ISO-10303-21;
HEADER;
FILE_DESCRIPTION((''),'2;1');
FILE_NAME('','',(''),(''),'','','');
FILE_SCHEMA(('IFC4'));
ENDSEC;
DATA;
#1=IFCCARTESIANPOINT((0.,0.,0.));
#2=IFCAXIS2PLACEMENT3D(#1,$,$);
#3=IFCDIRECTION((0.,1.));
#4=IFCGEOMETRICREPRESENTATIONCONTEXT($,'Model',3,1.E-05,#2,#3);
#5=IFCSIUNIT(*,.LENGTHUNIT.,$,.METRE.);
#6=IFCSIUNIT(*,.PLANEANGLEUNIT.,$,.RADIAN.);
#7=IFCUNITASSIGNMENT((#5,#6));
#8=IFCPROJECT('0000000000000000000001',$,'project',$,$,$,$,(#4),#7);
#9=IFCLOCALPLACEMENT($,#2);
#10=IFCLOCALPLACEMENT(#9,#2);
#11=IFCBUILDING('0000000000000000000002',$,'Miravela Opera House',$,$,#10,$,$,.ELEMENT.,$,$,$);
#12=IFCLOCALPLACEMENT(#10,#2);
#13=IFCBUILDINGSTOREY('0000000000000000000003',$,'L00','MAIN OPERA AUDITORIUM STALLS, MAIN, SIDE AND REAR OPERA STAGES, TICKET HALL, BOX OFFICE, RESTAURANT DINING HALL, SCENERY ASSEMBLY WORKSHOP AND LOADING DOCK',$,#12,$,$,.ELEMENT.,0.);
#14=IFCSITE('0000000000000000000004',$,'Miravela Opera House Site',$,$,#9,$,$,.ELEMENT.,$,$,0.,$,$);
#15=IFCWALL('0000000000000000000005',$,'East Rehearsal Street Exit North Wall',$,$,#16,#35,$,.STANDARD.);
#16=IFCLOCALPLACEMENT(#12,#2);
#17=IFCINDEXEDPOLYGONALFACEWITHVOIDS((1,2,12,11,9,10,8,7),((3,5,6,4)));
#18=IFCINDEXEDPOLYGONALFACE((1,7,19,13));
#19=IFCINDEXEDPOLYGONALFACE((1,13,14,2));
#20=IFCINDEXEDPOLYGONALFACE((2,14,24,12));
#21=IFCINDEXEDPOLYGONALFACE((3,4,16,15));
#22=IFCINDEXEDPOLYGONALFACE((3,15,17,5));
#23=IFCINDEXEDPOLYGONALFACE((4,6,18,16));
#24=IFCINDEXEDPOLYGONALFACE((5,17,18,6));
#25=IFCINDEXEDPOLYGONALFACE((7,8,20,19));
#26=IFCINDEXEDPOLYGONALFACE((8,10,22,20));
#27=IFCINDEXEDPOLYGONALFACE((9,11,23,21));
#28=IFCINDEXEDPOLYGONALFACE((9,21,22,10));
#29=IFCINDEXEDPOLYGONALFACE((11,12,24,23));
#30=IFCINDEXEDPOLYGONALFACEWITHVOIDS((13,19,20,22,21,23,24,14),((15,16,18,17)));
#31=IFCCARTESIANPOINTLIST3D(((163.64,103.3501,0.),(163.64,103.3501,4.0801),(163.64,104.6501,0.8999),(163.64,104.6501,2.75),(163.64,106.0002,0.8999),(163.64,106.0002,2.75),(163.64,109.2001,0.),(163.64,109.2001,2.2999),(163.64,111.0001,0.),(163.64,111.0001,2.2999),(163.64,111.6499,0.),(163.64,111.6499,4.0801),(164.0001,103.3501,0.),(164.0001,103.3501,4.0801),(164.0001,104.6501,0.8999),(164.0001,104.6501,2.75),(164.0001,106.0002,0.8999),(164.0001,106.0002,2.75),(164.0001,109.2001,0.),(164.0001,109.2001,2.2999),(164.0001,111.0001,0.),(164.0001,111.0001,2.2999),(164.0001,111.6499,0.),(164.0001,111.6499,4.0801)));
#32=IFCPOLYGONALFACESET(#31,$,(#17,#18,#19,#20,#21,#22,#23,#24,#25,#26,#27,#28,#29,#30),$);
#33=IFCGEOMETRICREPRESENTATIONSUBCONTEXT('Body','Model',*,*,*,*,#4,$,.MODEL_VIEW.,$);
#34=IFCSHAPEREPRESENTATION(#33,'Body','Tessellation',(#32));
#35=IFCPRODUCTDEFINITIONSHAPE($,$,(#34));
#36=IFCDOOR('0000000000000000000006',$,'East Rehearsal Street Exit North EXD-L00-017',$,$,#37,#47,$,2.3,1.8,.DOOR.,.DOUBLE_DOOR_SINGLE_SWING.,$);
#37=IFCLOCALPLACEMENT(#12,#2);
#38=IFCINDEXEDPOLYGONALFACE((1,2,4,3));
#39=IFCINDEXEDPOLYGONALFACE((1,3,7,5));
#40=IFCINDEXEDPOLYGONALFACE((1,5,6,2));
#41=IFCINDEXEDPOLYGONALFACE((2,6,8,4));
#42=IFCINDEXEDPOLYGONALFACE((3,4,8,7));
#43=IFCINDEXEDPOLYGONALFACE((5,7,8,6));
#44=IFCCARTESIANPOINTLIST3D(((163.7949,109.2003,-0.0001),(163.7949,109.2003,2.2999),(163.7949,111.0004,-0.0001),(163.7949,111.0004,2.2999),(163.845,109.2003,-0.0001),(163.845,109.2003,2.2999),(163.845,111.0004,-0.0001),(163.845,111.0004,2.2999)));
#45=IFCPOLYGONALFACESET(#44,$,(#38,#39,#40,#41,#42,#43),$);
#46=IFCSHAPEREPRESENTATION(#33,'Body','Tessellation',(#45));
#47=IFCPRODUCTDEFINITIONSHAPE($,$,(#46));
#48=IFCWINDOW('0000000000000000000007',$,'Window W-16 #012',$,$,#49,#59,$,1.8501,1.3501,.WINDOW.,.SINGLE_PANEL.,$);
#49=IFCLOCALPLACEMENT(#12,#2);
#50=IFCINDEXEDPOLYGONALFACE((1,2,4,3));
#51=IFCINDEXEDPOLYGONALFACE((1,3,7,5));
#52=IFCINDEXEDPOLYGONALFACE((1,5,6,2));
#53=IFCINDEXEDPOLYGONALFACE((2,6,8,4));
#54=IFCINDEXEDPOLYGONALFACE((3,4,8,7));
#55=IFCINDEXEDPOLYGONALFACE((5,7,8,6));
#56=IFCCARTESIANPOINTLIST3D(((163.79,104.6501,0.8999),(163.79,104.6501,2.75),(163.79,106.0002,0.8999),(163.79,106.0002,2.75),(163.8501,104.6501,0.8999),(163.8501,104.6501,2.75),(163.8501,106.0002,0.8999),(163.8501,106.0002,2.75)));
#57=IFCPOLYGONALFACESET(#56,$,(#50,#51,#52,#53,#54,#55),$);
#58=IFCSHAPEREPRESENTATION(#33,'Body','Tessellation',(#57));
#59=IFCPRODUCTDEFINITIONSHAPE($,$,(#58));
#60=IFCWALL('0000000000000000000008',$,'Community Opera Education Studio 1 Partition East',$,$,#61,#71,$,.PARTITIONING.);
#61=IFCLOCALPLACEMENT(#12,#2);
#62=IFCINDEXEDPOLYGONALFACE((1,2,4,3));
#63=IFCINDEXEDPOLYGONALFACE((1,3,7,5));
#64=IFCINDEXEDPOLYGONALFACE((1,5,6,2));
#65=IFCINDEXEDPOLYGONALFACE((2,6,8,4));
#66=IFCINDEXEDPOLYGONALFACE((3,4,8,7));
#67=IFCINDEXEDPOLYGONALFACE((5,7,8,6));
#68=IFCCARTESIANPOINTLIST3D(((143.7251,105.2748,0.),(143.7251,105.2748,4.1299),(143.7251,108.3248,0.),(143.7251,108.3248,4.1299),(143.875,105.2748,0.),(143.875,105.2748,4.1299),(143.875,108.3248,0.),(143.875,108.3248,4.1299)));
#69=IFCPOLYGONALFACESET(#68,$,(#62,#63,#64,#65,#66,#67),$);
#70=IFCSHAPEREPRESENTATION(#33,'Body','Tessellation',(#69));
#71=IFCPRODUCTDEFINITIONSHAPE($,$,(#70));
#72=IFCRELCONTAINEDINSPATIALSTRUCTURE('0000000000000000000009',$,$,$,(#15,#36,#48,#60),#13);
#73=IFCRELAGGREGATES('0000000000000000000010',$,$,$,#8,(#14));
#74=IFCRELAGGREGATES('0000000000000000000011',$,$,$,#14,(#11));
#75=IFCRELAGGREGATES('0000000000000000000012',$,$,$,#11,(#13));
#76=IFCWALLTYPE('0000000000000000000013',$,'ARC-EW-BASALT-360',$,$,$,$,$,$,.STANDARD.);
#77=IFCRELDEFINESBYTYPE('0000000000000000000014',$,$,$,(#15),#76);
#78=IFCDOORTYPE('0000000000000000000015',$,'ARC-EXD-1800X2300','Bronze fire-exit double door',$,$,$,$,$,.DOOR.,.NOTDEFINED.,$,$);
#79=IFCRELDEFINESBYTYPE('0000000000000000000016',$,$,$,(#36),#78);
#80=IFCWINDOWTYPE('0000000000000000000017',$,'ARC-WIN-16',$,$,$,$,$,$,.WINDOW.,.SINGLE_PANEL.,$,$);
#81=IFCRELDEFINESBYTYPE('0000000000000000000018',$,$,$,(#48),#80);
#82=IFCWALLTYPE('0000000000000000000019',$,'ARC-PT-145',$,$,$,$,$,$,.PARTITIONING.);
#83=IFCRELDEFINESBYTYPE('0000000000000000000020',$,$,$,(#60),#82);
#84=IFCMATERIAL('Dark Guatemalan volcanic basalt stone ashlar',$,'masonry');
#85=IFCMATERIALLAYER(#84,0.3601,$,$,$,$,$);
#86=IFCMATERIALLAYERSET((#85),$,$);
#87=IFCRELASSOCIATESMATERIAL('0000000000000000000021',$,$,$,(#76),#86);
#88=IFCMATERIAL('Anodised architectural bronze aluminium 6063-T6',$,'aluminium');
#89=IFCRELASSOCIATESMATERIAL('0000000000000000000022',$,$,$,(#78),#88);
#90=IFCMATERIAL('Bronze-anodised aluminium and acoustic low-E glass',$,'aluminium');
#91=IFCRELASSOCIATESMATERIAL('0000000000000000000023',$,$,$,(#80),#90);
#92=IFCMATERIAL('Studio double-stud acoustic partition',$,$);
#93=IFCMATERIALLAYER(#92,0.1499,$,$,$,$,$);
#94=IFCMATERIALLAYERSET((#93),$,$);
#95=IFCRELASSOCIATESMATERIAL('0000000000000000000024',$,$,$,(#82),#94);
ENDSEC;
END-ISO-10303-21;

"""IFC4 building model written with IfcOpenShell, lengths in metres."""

from ifc_helpers import new_model, si_unit, direction, frame, frame_2d, origin, place, context, subcontext, project, spatial, rectangle, extrude, material, layer, layer_set, type_object, element, fill, save


model = new_model("IFC4")

# Units and contexts
model_context = context("Model", 3, precision=1e-05, world=origin(), true_north=direction((0.0, 1.0)))
body_context = subcontext(model_context, "Body", "Model", "MODEL_VIEW")
ifc_project = project(units=[si_unit("LENGTHUNIT", "METRE"), si_unit("PLANEANGLEUNIT", "RADIAN")], contexts=[model_context])

# Site, building, storey
site_placement = place(None, origin())
site = spatial("IfcSite", under=ifc_project, at=site_placement, Name="Miravela Opera House Site", CompositionType="ELEMENT", RefElevation=0.0)
building_placement = place(site_placement, origin())
building = spatial("IfcBuilding", under=site, at=building_placement, Name="Miravela Opera House", CompositionType="ELEMENT")
storey_placement = place(building_placement, origin())
storey = spatial("IfcBuildingStorey", under=building, at=storey_placement, Name="L00", Description="MAIN OPERA AUDITORIUM STALLS, MAIN, SIDE AND REAR OPERA STAGES, TICKET HALL, BOX OFFICE, RESTAURANT DINING HALL, SCENERY ASSEMBLY WORKSHOP AND LOADING DOCK", CompositionType="ELEMENT", Elevation=0.0)

# Shared definitions
ifc_material_1 = material(Name="Anodised architectural bronze aluminium 6063-T6", Category="aluminium")

# Wall, openings, door, window
ifc_material_2 = material(Name="Dark Guatemalan volcanic basalt stone ashlar", Category="masonry")
ifc_layer_1 = layer(ifc_material_2, 0.3601)
ifc_layer_set_1 = layer_set([ifc_layer_1])
wall_type_1 = type_object("IfcWallType", Name="ARC-EW-BASALT-360", PredefinedType="STANDARD", material=ifc_layer_set_1)
wall_1_placement = place(storey_placement, frame((163.8201, 103.3501, 0.0), z_axis=(0.0, 0.0, 1.0), x_axis=(0.0, 1.0, 0.0)))
wall_1 = element("IfcWall", 1, at=wall_1_placement, inside=storey, type_object=wall_type_1, Name="East Rehearsal Street Exit North Wall", PredefinedType="STANDARD", context=body_context, shape_type="SweptSolid", body=[
    extrude(rectangle(XDim=8.2998, YDim=0.3601, at=frame_2d((4.1499, 0.0))), origin(), (0.0, 0.0, 1.0), 4.0801),
])
opening_1_placement = place(wall_1_placement, frame((5.8501, 0.0, 0.0)))
opening_1 = element("IfcOpeningElement", 2, at=opening_1_placement, cuts=wall_1, PredefinedType="OPENING", context=body_context, shape_type="SweptSolid", body=[
    extrude(rectangle(XDim=1.8, YDim=2.3, at=frame_2d((0.8999, 1.1499))), frame((0.0, 0.1899, 0.0), z_axis=(0.0, -1.0, 0.0), x_axis=(1.0, 0.0, 0.0)), (0.0, 0.0, 1.0), 0.3801),
])
opening_2_placement = place(wall_1_placement, frame((1.3, 0.0, 0.8999)))
opening_2 = element("IfcOpeningElement", 3, at=opening_2_placement, cuts=wall_1, PredefinedType="OPENING", context=body_context, shape_type="SweptSolid", body=[
    extrude(rectangle(XDim=1.3501, YDim=1.8501, at=frame_2d((0.675, 0.925))), frame((0.0, 0.1899, 0.0), z_axis=(0.0, -1.0, 0.0), x_axis=(1.0, 0.0, 0.0)), (0.0, 0.0, 1.0), 0.3801),
])
door_type = type_object("IfcDoorType", Name="ARC-EXD-1800X2300", Description="Bronze fire-exit double door", OperationType="NOTDEFINED", PredefinedType="DOOR", material=ifc_material_1)
door_placement = place(opening_1_placement, frame((1.8, 0.0, 0.0), z_axis=(0.0, 0.0, 1.0), x_axis=(-1.0, 0.0, 0.0)))
door = element("IfcDoor", 4, at=door_placement, inside=storey, type_object=door_type, Name="East Rehearsal Street Exit North EXD-L00-017", OperationType="DOUBLE_DOOR_SINGLE_SWING", OverallHeight=2.3, OverallWidth=1.8, PredefinedType="DOOR", context=body_context, shape_type="SweptSolid", body=[
    extrude(rectangle(XDim=1.8, YDim=2.3, at=frame_2d((0.8999, 1.1499))), frame((0.0, 0.0249, 0.0), z_axis=(0.0, -1.0, 0.0), x_axis=(1.0, 0.0, 0.0)), (0.0, 0.0, 1.0), 0.05),
])
fill(opening_1, door)
ifc_material_3 = material(Name="Bronze-anodised aluminium and acoustic low-E glass", Category="aluminium")
window_type = type_object("IfcWindowType", Name="ARC-WIN-16", PartitioningType="SINGLE_PANEL", PredefinedType="WINDOW", material=ifc_material_3)
window_placement = place(opening_2_placement, origin())
window = element("IfcWindow", 5, at=window_placement, inside=storey, type_object=window_type, Name="Window W-16 #012", OverallHeight=1.8501, OverallWidth=1.3501, PartitioningType="SINGLE_PANEL", PredefinedType="WINDOW", context=body_context, shape_type="SweptSolid", body=[
    extrude(rectangle(XDim=1.3501, YDim=1.8501, at=frame_2d((0.675, 0.925))), frame((0.0, 0.03, 0.0), z_axis=(0.0, -1.0, 0.0), x_axis=(1.0, 0.0, 0.0)), (0.0, 0.0, 1.0), 0.0601),
])
fill(opening_2, window)

# Wall
ifc_material_4 = material(Name="Studio double-stud acoustic partition")
ifc_layer_2 = layer(ifc_material_4, 0.1499)
ifc_layer_set_2 = layer_set([ifc_layer_2])
wall_type_2 = type_object("IfcWallType", Name="ARC-PT-145", PredefinedType="PARTITIONING", material=ifc_layer_set_2)
wall_2_placement = place(storey_placement, frame((143.8, 105.2749, 0.0), z_axis=(0.0, 0.0, 1.0), x_axis=(0.0, 1.0, 0.0)))
element("IfcWall", 6, at=wall_2_placement, inside=storey, type_object=wall_type_2, Name="Community Opera Education Studio 1 Partition East", PredefinedType="PARTITIONING", context=body_context, shape_type="SweptSolid", body=[
    extrude(rectangle(XDim=3.05, YDim=0.1499, at=frame_2d((1.5249, 0.0))), origin(), (0.0, 0.0, 1.0), 4.1299),
])

save(model, "model.ifc")
